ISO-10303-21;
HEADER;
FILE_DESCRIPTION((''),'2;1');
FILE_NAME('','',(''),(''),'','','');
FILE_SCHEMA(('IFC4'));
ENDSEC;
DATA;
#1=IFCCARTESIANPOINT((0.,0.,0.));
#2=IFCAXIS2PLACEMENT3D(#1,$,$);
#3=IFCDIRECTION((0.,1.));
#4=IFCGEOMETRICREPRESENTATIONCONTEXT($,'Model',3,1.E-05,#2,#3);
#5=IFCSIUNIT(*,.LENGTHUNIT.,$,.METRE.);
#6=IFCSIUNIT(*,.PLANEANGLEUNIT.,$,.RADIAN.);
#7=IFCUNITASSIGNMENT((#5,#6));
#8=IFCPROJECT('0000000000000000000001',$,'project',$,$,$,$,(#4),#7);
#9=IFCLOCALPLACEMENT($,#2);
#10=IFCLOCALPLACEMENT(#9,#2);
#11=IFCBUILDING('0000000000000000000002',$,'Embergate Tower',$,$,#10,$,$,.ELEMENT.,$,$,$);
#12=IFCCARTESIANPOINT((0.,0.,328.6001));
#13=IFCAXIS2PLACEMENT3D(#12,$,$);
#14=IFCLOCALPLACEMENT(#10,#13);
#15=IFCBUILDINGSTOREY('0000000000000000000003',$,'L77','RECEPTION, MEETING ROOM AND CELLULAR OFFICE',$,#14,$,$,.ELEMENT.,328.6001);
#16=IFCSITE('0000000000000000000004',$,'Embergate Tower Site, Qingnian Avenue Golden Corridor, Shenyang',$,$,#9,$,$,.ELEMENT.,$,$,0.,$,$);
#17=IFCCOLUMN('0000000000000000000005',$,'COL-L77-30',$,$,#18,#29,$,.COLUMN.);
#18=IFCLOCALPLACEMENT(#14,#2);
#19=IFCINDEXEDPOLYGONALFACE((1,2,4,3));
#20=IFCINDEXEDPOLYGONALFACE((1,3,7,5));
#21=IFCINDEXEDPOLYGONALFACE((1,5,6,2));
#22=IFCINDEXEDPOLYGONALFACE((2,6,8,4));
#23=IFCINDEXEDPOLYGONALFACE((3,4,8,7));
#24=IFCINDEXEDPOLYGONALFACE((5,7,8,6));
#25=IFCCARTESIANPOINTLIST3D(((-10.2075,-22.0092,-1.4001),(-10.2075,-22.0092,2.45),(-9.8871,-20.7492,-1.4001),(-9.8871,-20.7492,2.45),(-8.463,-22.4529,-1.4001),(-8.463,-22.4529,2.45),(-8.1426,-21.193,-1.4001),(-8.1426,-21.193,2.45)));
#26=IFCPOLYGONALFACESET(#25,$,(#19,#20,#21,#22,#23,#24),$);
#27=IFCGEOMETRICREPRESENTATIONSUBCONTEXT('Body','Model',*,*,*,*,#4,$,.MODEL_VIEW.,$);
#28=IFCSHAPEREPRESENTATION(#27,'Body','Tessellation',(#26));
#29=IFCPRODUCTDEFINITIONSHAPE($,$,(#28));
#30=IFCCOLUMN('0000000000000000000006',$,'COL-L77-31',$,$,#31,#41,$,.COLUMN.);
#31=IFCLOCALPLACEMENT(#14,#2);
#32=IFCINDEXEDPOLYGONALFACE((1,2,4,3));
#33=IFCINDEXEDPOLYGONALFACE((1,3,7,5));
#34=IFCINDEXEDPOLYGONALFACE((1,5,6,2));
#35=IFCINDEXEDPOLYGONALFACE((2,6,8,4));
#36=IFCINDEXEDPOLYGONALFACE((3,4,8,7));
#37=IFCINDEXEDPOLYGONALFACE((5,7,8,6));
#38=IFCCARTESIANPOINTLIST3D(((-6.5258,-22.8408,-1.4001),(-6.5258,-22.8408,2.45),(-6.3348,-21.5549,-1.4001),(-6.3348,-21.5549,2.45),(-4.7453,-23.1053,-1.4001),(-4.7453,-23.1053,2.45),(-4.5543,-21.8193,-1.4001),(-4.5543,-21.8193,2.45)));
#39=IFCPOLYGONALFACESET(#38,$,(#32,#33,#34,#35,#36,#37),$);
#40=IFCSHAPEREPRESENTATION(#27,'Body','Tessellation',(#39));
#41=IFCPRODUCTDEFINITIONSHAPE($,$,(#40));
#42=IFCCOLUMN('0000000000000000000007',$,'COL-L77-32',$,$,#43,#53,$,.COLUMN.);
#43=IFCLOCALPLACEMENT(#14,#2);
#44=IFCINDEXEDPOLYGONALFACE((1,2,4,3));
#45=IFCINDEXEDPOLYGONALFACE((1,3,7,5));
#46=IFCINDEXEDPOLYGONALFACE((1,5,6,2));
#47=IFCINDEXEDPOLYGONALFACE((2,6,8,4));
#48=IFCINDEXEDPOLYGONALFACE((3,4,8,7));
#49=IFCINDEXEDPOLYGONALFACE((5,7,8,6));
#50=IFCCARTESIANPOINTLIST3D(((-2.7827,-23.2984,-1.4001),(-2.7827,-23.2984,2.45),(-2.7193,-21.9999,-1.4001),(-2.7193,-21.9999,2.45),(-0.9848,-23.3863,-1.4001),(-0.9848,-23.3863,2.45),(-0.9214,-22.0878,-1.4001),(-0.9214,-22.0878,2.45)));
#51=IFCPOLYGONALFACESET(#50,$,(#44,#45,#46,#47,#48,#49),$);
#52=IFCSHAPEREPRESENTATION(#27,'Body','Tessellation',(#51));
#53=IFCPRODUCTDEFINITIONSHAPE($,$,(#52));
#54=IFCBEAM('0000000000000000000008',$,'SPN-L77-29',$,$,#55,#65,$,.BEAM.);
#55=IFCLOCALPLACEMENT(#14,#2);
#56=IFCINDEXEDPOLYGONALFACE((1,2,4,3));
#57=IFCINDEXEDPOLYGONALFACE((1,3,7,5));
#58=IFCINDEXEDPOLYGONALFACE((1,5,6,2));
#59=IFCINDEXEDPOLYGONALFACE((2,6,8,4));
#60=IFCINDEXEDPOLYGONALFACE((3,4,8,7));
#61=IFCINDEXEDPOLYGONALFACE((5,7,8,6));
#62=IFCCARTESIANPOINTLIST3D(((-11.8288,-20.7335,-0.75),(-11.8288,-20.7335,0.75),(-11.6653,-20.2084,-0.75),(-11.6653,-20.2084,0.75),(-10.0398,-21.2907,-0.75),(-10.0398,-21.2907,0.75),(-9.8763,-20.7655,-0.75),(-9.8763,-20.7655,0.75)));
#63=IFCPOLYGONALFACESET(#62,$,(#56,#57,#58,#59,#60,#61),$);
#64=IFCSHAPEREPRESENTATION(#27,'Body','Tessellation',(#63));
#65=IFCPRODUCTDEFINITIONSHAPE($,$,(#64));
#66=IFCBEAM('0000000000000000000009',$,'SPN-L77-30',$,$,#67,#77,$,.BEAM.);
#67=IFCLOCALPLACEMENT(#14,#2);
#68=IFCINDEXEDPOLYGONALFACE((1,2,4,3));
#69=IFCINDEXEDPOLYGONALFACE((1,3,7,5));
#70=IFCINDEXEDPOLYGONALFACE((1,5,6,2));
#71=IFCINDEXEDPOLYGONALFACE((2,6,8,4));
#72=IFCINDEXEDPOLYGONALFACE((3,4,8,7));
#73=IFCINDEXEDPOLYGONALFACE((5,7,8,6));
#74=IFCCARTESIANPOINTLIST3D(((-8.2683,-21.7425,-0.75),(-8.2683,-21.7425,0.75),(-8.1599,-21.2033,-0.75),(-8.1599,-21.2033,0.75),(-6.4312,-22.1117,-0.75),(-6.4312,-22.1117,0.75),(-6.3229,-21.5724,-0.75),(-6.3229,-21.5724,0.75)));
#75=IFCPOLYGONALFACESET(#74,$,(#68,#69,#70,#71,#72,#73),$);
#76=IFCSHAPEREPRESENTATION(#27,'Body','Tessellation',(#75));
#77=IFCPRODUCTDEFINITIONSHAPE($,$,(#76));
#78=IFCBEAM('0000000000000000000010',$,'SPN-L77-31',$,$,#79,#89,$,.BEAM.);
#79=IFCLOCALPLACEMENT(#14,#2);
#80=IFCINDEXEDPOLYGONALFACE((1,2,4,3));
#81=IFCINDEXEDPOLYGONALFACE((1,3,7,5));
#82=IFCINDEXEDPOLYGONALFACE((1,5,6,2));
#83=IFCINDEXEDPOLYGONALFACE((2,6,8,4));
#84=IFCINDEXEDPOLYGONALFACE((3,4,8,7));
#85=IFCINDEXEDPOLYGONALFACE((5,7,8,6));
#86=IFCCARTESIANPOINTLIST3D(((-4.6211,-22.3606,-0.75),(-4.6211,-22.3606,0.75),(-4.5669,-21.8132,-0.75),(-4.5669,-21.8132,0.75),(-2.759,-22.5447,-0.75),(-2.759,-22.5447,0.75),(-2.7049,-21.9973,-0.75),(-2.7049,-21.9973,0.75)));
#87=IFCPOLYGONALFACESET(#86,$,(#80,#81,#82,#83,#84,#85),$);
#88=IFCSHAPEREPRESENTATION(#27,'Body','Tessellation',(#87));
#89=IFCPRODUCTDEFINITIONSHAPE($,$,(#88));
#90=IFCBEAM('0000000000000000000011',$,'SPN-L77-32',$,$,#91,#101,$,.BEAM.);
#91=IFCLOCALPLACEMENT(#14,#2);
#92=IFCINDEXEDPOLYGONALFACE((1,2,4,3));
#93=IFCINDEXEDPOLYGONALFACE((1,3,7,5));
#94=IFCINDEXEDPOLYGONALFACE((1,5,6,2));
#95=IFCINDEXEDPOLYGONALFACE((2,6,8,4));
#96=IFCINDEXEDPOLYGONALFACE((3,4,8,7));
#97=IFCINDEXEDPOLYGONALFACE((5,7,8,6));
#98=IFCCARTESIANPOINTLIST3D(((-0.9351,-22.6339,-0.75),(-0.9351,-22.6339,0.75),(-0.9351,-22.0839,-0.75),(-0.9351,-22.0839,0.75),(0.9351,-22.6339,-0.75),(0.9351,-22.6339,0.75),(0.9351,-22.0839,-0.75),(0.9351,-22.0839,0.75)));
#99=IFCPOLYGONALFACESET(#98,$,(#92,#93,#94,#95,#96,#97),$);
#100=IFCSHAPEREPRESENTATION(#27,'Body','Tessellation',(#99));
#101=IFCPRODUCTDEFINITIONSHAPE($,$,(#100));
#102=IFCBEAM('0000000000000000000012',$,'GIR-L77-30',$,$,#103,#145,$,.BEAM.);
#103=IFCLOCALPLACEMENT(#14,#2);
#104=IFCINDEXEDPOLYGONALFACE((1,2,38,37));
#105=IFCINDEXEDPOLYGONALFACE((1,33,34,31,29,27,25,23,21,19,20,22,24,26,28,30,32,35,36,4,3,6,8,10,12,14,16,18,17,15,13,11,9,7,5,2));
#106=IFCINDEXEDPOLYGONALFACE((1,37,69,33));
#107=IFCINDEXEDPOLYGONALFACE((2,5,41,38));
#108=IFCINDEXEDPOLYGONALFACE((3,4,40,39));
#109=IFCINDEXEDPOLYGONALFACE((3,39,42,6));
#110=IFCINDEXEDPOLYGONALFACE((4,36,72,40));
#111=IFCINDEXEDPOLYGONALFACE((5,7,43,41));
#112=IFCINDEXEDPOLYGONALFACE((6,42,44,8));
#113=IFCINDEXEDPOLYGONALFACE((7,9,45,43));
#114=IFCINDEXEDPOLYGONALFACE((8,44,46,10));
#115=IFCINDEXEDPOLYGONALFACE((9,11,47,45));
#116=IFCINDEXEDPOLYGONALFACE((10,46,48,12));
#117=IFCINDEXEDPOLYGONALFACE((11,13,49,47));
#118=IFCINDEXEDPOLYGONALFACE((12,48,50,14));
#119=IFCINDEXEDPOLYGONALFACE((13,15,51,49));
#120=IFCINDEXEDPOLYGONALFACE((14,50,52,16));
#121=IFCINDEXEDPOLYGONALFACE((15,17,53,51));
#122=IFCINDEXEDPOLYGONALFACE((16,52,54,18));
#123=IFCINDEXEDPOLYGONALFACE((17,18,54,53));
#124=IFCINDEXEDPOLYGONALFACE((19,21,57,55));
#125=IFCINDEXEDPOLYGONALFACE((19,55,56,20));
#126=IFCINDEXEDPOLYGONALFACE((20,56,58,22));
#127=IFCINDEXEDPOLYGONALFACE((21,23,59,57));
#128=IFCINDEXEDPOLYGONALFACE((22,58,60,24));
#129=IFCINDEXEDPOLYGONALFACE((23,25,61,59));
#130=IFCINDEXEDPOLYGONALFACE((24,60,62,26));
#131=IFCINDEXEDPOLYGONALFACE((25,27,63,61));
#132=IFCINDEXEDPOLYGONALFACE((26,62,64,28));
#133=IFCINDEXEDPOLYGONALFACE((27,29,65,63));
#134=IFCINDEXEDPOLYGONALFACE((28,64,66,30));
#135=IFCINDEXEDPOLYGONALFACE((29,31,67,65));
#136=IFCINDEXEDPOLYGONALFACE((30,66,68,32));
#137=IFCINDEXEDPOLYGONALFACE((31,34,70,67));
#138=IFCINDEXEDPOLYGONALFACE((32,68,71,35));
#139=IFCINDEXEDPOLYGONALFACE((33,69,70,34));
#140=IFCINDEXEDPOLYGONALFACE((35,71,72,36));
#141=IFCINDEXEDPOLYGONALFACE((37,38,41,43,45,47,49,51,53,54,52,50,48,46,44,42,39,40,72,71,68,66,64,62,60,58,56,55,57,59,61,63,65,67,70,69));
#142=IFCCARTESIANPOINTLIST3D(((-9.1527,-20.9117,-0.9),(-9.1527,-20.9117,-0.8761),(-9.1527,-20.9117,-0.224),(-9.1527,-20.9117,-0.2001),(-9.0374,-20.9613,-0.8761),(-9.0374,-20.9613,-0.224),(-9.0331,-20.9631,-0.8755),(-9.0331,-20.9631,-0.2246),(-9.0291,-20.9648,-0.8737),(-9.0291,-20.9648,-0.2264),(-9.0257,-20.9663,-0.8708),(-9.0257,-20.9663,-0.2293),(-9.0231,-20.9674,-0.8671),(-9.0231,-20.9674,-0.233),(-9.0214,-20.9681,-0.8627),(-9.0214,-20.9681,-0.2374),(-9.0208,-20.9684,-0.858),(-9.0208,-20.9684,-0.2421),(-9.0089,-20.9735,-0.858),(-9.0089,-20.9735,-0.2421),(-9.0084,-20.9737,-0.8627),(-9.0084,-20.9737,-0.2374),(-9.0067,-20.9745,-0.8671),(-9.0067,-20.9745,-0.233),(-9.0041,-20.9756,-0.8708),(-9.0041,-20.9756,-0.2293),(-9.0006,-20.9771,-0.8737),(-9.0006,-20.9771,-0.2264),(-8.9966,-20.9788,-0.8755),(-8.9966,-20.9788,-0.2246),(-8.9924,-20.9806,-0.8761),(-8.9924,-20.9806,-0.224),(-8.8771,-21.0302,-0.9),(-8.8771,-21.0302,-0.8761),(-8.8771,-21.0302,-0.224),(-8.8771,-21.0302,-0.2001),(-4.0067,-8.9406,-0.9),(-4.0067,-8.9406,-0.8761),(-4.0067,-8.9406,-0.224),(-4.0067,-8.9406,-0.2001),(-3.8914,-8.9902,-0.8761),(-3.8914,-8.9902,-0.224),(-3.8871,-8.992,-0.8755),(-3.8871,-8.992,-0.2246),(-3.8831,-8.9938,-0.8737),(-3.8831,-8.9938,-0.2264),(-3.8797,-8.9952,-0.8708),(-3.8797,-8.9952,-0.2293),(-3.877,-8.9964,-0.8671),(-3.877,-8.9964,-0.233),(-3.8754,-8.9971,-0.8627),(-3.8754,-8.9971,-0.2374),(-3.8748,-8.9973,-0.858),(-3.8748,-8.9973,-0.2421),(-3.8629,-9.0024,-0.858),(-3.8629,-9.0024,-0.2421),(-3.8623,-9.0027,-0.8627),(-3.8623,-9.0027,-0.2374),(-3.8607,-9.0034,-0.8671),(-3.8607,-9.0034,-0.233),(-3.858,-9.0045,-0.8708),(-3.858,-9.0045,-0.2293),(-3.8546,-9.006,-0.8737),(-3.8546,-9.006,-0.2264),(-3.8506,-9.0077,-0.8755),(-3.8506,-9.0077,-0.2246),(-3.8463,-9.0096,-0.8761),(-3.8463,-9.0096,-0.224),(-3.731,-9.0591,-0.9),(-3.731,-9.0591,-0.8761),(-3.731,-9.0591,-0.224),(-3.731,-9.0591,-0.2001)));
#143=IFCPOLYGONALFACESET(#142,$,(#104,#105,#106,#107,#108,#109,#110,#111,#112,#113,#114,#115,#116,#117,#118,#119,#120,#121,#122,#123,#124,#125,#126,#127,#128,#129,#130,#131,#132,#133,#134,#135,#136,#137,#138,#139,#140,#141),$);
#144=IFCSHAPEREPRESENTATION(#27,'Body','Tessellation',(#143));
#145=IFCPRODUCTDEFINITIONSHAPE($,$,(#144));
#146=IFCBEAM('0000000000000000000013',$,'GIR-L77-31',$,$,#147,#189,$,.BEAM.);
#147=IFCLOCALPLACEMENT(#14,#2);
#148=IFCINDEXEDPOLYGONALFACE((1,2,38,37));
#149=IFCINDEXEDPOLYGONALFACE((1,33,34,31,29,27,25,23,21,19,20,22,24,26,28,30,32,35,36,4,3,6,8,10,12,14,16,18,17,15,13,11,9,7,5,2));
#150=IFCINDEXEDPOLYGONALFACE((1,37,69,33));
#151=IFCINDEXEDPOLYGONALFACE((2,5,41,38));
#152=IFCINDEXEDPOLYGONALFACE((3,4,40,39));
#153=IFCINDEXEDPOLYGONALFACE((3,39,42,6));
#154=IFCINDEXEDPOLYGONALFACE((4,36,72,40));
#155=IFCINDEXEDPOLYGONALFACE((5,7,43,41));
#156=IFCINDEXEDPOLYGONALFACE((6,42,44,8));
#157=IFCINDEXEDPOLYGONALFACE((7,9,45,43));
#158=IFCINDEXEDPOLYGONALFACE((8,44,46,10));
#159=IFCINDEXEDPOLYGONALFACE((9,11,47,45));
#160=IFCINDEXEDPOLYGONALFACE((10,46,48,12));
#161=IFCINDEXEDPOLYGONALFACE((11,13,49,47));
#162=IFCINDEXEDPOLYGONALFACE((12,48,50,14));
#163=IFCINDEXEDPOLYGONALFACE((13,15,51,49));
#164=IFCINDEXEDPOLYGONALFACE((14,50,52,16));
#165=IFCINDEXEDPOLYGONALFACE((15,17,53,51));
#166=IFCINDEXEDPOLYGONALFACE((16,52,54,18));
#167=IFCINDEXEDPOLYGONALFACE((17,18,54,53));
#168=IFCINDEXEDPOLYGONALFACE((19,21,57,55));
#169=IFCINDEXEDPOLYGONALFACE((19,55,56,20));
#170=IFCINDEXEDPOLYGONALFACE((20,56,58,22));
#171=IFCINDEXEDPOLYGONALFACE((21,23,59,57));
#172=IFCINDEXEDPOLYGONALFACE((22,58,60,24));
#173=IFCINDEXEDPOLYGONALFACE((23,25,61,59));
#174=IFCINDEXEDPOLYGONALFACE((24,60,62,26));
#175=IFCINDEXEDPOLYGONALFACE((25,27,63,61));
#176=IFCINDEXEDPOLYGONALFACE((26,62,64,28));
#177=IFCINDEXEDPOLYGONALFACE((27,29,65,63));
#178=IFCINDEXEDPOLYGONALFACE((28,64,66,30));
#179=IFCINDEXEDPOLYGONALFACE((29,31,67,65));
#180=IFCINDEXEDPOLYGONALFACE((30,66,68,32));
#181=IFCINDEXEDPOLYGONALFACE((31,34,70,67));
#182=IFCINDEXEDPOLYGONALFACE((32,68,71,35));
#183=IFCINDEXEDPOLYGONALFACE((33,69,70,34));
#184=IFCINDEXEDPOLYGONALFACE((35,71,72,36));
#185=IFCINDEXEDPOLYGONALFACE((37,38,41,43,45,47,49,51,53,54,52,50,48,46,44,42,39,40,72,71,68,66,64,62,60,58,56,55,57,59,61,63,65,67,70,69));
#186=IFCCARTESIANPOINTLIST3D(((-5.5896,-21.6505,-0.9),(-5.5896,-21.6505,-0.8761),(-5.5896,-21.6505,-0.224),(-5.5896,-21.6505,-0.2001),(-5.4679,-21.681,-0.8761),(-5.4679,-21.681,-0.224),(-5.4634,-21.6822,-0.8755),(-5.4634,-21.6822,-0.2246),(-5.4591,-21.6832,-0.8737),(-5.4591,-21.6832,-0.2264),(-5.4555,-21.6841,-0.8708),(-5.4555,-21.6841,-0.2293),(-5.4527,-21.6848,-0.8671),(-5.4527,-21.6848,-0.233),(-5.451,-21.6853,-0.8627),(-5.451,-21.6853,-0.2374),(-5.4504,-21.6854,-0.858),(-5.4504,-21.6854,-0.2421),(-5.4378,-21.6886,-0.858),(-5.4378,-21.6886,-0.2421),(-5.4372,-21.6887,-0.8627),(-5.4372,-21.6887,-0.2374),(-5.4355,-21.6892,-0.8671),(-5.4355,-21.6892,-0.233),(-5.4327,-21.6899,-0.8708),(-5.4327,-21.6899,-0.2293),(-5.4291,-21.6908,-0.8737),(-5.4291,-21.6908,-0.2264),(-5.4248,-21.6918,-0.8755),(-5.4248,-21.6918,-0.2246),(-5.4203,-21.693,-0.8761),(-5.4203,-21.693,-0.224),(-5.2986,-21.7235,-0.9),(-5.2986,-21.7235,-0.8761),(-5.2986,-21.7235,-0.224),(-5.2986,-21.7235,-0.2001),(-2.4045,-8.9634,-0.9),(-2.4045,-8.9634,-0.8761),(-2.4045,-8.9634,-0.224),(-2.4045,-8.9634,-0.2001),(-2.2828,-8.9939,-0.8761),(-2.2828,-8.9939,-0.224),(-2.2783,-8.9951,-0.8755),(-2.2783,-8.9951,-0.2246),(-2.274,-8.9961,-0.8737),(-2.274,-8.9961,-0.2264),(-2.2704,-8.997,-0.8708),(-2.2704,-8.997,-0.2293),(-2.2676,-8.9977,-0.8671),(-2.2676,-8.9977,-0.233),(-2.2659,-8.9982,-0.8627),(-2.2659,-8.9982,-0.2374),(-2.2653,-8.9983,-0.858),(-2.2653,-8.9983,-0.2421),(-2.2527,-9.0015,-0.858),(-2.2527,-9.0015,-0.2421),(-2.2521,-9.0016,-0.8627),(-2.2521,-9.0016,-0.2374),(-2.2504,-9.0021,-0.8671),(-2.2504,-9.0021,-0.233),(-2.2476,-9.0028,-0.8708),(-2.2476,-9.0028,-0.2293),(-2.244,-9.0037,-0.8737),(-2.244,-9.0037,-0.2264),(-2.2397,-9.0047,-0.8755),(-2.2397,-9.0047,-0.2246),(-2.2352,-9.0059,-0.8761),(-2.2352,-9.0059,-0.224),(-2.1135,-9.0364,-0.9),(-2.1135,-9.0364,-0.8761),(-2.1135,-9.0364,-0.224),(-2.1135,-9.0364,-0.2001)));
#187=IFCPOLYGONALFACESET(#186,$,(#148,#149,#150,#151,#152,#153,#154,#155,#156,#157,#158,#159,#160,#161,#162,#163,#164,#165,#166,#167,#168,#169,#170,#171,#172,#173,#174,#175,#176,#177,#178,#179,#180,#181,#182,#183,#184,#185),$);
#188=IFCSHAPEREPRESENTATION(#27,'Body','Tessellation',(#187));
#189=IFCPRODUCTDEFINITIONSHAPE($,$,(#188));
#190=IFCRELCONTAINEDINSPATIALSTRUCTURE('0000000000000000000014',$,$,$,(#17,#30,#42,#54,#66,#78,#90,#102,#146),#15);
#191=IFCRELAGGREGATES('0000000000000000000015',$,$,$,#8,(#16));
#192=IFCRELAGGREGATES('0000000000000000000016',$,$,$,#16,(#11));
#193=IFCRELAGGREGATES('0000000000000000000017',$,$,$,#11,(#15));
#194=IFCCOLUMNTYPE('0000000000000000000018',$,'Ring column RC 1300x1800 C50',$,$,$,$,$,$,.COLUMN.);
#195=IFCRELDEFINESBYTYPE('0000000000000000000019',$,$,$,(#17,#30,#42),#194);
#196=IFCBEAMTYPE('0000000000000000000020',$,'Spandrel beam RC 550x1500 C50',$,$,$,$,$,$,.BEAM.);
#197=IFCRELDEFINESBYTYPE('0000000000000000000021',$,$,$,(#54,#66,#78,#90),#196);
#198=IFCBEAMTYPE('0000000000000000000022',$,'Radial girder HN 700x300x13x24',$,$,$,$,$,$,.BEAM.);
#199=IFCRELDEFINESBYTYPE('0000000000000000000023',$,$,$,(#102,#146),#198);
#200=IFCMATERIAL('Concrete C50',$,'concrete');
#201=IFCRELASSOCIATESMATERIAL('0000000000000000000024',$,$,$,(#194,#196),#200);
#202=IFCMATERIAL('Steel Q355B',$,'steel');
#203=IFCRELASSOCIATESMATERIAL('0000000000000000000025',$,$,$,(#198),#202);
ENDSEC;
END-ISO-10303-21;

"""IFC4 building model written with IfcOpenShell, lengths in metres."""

from ifc_helpers import new_model, si_unit, direction, frame, origin, origin_2d, place, context, subcontext, project, spatial, rectangle, i_section, extrude, source, transform, mapped, material, material_profile, profile_set, type_object, element, save


model = new_model("IFC4")

# Units and contexts
model_context = context("Model", 3, precision=1e-05, world=origin(), true_north=direction((0.0, 1.0)))
body_context = subcontext(model_context, "Body", "Model", "MODEL_VIEW")
ifc_project = project(units=[si_unit("LENGTHUNIT", "METRE"), si_unit("PLANEANGLEUNIT", "RADIAN")], contexts=[model_context])

# Site, building, storey
site_placement = place(None, origin())
site = spatial("IfcSite", under=ifc_project, at=site_placement, Name="Embergate Tower Site, Qingnian Avenue Golden Corridor, Shenyang", CompositionType="ELEMENT", RefElevation=0.0)
building_placement = place(site_placement, origin())
building = spatial("IfcBuilding", under=site, at=building_placement, Name="Embergate Tower", CompositionType="ELEMENT")
storey_placement = place(building_placement, frame((0.0, 0.0, 328.6001)))
storey = spatial("IfcBuildingStorey", under=building, at=storey_placement, Name="L77", Description="RECEPTION, MEETING ROOM AND CELLULAR OFFICE", CompositionType="ELEMENT", Elevation=328.6001)

# Columns
ifc_material_1 = material(Name="Concrete C50", Category="concrete")
ifc_material_profile_1 = material_profile(ifc_material_1, rectangle(XDim=1.3, YDim=1.8, at=origin_2d()), Name="RC 1300x1800")
ifc_profile_set_1 = profile_set([ifc_material_profile_1], Name="Concrete C50")
column_type = type_object("IfcColumnType", Name="Ring column RC 1300x1800 C50", PredefinedType="COLUMN", material=ifc_profile_set_1)
shared_shape_1 = source(origin(), body_context, "Body", "SweptSolid", [
    extrude(rectangle(XDim=1.3, YDim=1.8, at=origin_2d()), origin(), (0.0, 0.0, 1.0), 3.8501),
])
for number, where, z_axis, x_axis, name in (
    (1, (-9.175, -21.6011, -1.4001), (0.0, 0.0, 1.0), (-0.246509, -0.969141, 0.0), "COL-L77-30"),
    (2, (-5.54, -22.3301, -1.4001), (0.0, 0.0, 1.0), (-0.146929, -0.989147, 0.0), "COL-L77-31"),
    (3, (-1.8521, -22.6931, -1.4001), (0.0, 0.0, 1.0), (-0.048815, -0.998808, 0.0), "COL-L77-32"),
):
    element("IfcColumn", number, at=place(storey_placement, frame(where, z_axis=z_axis, x_axis=x_axis)), inside=storey, type_object=column_type, Name=name, PredefinedType="COLUMN", context=body_context, shape_type="MappedRepresentation", body=[
        mapped(shared_shape_1, transform((0.0, 0.0, 0.0))),
    ])

# Beams
ifc_material_profile_2 = material_profile(ifc_material_1, rectangle(XDim=0.55, YDim=1.5, at=origin_2d()), Name="RC 550x1500")
ifc_profile_set_2 = profile_set([ifc_material_profile_2], Name="Concrete C50")
beam_type_1 = type_object("IfcBeamType", Name="Spandrel beam RC 550x1500 C50", PredefinedType="BEAM", material=ifc_profile_set_2)
shared_shape_2 = source(origin(), body_context, "Body", "SweptSolid", [
    extrude(rectangle(XDim=0.55, YDim=1.5, at=origin_2d()), origin(), (0.0, 0.0, 1.0), 1.8738),
])
for number, where, z_axis, x_axis, name in (
    (4, (-11.7471, -20.4709, 0.0), (0.954776, -0.297325, 0.0), (0.297325, 0.954776, 0.0), "SPN-L77-29"),
    (5, (-8.2141, -21.4729, 0.0), (0.980405, -0.196993, 0.0), (0.196993, 0.980405, 0.0), "SPN-L77-30"),
):
    element("IfcBeam", number, at=place(storey_placement, frame(where, z_axis=z_axis, x_axis=x_axis)), inside=storey, type_object=beam_type_1, Name=name, PredefinedType="BEAM", context=body_context, shape_type="MappedRepresentation", body=[
        mapped(shared_shape_2, transform((0.0, 0.0, 0.0))),
    ])
shared_shape_3 = source(origin(), body_context, "Body", "SweptSolid", [
    extrude(rectangle(XDim=0.55, YDim=1.5, at=origin_2d()), origin(), (0.0, 0.0, 1.0), 1.8711),
])
beam_1_placement = place(storey_placement, frame((-4.594, -22.0869, 0.0), z_axis=(0.995149, -0.09838, 0.0), x_axis=(0.09838, 0.995149, 0.0)))
element("IfcBeam", 6, at=beam_1_placement, inside=storey, type_object=beam_type_1, Name="SPN-L77-31", PredefinedType="BEAM", context=body_context, shape_type="MappedRepresentation", body=[
    mapped(shared_shape_3, transform((0.0, 0.0, 0.0))),
])
shared_shape_4 = source(origin(), body_context, "Body", "SweptSolid", [
    extrude(rectangle(XDim=0.55, YDim=1.5, at=origin_2d()), origin(), (0.0, 0.0, 1.0), 1.8701),
])
beam_2_placement = place(storey_placement, frame((-0.9351, -22.3589, 0.0), z_axis=(1.0, 0.0, 0.0), x_axis=(0.0, 1.0, 0.0)))
element("IfcBeam", 7, at=beam_2_placement, inside=storey, type_object=beam_type_1, Name="SPN-L77-32", PredefinedType="BEAM", context=body_context, shape_type="MappedRepresentation", body=[
    mapped(shared_shape_4, transform((0.0, 0.0, 0.0))),
])
ifc_material_2 = material(Name="Steel Q355B", Category="steel")
ifc_material_profile_3 = material_profile(ifc_material_2, i_section(OverallWidth=0.3, OverallDepth=0.7, WebThickness=0.0129, FlangeThickness=0.0239, FilletRadius=0.0181, at=origin_2d()), Name="HN 700x300x13x24")
ifc_profile_set_3 = profile_set([ifc_material_profile_3], Name="Steel Q355 grade B")
beam_type_2 = type_object("IfcBeamType", Name="Radial girder HN 700x300x13x24", PredefinedType="BEAM", material=ifc_profile_set_3)
shared_shape_5 = source(origin(), body_context, "Body", "SweptSolid", [
    extrude(i_section(OverallWidth=0.3, OverallDepth=0.7, WebThickness=0.0129, FlangeThickness=0.0239, FilletRadius=0.0181, at=origin_2d()), origin(), (0.0, 0.0, 1.0), 13.0303),
])
beam_3_placement = place(storey_placement, frame((-9.0149, -20.9709, -0.55), z_axis=(0.39493, 0.918711, 0.0), x_axis=(-0.918711, 0.39493, 0.0)))
element("IfcBeam", 8, at=beam_3_placement, inside=storey, type_object=beam_type_2, Name="GIR-L77-30", PredefinedType="BEAM", context=body_context, shape_type="MappedRepresentation", body=[
    mapped(shared_shape_5, transform((0.0, 0.0, 0.0))),
])
shared_shape_6 = source(origin(), body_context, "Body", "SweptSolid", [
    extrude(i_section(OverallWidth=0.3, OverallDepth=0.7, WebThickness=0.0129, FlangeThickness=0.0239, FilletRadius=0.0181, at=origin_2d()), origin(), (0.0, 0.0, 1.0), 13.0808),
])
beam_4_placement = place(storey_placement, frame((-5.4441, -21.687, -0.55), z_axis=(0.243493, 0.969903, 0.0), x_axis=(-0.969903, 0.243493, 0.0)))
element("IfcBeam", 9, at=beam_4_placement, inside=storey, type_object=beam_type_2, Name="GIR-L77-31", PredefinedType="BEAM", context=body_context, shape_type="MappedRepresentation", body=[
    mapped(shared_shape_6, transform((0.0, 0.0, 0.0))),
])

save(model, "model.ifc")
